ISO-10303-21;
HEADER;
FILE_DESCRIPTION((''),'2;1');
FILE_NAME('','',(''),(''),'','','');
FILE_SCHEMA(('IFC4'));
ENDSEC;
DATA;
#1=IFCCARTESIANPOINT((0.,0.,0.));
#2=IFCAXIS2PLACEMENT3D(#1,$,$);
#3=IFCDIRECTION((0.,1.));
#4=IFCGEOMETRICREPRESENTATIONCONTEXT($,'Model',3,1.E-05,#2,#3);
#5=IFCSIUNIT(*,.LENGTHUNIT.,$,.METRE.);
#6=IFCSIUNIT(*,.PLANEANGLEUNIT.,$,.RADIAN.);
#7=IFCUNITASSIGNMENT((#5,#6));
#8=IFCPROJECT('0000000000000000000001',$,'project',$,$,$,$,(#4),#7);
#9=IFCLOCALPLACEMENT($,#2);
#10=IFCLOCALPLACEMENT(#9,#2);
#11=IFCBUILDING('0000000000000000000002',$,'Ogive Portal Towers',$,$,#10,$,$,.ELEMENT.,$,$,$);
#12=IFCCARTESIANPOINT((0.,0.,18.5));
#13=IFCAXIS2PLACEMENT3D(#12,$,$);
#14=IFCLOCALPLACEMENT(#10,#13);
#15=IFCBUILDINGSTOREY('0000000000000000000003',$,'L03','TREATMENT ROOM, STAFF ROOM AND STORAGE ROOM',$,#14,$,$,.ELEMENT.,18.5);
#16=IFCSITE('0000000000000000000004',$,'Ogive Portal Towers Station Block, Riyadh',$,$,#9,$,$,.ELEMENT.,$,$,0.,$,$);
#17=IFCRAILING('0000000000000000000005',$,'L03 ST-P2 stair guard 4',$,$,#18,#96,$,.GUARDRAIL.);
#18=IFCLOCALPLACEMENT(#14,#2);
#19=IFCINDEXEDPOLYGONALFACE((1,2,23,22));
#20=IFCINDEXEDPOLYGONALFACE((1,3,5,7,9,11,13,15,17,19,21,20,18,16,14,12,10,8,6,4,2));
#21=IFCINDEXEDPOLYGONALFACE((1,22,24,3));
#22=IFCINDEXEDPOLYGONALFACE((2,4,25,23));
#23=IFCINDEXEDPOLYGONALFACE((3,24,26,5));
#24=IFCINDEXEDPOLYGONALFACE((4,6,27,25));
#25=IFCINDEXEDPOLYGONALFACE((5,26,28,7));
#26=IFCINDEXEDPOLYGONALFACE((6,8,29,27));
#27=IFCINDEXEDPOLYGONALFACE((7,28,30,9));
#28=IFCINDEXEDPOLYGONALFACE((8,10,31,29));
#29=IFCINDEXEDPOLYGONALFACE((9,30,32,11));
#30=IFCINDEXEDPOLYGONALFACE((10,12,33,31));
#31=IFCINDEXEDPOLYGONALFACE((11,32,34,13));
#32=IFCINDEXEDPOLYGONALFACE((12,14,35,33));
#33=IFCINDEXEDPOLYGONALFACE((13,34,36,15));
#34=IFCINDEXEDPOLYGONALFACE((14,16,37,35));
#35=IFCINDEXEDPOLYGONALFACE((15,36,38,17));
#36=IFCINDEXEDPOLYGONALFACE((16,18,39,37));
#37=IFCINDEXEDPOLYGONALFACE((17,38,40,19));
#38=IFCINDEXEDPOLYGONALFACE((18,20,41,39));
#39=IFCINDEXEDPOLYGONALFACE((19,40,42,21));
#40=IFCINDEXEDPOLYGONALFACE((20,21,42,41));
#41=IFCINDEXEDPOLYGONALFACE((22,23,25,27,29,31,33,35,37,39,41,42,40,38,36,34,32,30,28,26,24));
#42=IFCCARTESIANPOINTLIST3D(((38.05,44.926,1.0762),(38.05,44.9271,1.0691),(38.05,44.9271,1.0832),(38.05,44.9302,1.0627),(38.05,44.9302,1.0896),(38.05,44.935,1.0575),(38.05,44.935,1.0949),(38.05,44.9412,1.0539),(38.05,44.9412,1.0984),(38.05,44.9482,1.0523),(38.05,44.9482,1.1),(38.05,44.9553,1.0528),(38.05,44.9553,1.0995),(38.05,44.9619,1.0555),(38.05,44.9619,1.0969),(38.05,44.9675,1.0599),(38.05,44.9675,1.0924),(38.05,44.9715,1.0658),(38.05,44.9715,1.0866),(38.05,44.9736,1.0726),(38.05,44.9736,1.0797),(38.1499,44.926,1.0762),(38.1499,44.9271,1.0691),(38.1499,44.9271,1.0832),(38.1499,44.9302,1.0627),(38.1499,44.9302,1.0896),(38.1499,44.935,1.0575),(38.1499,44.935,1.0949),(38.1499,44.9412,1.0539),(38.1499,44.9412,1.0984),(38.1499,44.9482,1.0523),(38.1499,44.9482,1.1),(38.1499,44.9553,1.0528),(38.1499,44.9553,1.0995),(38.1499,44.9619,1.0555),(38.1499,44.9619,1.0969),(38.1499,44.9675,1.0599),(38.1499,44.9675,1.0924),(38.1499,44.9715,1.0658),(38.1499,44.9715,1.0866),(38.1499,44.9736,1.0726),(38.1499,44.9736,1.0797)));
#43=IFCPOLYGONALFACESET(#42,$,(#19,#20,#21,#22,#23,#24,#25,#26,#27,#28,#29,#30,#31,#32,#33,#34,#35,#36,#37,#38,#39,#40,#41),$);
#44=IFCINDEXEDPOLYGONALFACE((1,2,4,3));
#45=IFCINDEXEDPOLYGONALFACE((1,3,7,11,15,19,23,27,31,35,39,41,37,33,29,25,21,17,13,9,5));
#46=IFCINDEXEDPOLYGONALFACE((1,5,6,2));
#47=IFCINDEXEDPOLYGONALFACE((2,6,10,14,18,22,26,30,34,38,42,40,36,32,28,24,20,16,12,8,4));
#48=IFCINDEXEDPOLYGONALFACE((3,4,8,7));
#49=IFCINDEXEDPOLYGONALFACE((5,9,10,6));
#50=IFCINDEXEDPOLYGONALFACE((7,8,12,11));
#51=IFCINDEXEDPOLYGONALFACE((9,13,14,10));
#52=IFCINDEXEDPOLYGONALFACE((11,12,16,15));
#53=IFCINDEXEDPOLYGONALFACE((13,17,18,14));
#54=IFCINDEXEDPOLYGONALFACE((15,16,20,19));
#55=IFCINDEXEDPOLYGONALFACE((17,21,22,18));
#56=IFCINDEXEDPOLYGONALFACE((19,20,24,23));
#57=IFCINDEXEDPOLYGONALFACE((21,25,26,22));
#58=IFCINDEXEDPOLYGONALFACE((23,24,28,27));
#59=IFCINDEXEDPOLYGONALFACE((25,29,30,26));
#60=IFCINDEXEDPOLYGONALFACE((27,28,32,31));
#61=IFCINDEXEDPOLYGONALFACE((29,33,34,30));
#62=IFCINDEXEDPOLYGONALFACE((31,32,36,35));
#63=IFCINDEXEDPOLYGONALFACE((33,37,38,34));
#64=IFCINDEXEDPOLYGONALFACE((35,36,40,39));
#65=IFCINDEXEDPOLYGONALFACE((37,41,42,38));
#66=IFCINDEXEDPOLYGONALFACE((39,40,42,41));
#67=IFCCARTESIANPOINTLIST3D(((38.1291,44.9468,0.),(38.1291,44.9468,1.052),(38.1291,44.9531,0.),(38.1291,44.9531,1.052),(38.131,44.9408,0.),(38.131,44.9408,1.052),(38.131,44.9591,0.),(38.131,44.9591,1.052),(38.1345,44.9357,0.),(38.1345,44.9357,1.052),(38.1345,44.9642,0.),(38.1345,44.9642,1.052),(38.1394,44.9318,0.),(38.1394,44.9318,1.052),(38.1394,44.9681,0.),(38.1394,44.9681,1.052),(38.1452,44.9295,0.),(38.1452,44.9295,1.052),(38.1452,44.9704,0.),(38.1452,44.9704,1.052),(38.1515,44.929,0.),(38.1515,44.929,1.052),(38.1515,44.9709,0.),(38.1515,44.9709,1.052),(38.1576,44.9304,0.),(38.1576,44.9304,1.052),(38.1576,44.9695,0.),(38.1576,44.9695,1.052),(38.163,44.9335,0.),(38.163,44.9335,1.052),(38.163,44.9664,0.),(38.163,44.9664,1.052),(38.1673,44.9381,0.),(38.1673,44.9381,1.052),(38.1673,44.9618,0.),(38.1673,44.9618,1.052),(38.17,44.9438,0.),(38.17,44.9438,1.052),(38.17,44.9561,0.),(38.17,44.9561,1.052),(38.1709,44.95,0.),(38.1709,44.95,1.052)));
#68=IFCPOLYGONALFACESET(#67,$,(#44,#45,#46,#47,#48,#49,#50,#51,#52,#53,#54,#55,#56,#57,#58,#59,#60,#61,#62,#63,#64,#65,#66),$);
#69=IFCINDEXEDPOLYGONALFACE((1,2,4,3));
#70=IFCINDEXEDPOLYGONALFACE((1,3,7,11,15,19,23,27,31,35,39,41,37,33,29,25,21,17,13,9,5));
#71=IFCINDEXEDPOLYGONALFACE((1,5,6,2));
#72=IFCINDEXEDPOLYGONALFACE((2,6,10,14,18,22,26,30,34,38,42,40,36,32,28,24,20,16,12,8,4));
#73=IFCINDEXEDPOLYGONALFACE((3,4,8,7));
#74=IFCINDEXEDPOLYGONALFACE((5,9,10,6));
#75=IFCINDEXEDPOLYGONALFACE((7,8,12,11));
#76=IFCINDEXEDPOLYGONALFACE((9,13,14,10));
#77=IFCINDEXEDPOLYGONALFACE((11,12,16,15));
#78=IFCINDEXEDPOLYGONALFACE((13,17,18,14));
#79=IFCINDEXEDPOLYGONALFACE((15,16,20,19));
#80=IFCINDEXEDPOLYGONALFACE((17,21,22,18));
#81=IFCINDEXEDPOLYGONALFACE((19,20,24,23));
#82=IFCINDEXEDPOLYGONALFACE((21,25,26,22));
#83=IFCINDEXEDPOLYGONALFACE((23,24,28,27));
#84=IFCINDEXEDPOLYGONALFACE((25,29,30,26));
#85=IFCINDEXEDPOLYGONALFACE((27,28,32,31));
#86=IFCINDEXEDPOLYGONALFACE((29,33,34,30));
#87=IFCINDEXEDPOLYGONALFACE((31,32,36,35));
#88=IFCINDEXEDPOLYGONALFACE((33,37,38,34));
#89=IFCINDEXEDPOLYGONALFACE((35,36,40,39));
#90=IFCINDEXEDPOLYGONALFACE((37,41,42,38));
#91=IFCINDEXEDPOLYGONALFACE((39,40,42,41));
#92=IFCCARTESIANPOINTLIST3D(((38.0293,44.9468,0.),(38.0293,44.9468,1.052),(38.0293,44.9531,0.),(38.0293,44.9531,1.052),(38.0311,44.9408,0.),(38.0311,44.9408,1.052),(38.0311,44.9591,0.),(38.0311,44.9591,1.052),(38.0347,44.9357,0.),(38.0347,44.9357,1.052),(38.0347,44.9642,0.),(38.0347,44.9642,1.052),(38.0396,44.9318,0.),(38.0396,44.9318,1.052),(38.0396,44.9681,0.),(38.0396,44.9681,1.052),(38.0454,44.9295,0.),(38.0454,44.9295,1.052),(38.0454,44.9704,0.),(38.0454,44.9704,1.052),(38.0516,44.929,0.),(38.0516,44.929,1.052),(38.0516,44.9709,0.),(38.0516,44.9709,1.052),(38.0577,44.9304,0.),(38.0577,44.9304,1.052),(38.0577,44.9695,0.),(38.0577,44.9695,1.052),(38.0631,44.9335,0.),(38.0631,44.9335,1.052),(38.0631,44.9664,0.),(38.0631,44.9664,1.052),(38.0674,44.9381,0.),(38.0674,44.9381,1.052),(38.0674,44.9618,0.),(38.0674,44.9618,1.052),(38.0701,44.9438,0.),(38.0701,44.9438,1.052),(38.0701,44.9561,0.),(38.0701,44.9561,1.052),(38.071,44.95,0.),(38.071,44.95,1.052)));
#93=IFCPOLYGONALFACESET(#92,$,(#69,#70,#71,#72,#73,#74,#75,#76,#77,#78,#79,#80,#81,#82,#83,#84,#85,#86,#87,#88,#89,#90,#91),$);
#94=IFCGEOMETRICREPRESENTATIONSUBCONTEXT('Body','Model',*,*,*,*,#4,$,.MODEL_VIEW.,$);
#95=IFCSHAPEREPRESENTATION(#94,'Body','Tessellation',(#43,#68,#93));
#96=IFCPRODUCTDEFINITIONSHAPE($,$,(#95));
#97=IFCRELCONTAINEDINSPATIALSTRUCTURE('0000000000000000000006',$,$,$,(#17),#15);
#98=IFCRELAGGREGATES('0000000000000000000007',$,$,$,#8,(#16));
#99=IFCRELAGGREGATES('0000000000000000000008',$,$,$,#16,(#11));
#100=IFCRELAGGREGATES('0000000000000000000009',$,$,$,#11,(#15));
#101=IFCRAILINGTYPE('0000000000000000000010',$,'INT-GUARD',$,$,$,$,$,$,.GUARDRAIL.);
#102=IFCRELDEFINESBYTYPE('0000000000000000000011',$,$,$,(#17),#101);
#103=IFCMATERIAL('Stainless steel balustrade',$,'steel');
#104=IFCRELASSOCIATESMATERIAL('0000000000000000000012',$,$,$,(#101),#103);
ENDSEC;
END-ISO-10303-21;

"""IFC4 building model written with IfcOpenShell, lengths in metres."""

from ifc_helpers import new_model, si_unit, direction, frame, origin, origin_2d, place, context, subcontext, project, spatial, circle, extrude, material, type_object, element, save


model = new_model("IFC4")

# Units and contexts
model_context = context("Model", 3, precision=1e-05, world=origin(), true_north=direction((0.0, 1.0)))
body_context = subcontext(model_context, "Body", "Model", "MODEL_VIEW")
ifc_project = project(units=[si_unit("LENGTHUNIT", "METRE"), si_unit("PLANEANGLEUNIT", "RADIAN")], contexts=[model_context])

# Site, building, storey
site_placement = place(None, origin())
site = spatial("IfcSite", under=ifc_project, at=site_placement, Name="Ogive Portal Towers Station Block, Riyadh", CompositionType="ELEMENT", RefElevation=0.0)
building_placement = place(site_placement, origin())
building = spatial("IfcBuilding", under=site, at=building_placement, Name="Ogive Portal Towers", CompositionType="ELEMENT")
storey_placement = place(building_placement, frame((0.0, 0.0, 18.5)))
storey = spatial("IfcBuildingStorey", under=building, at=storey_placement, Name="L03", Description="TREATMENT ROOM, STAFF ROOM AND STORAGE ROOM", CompositionType="ELEMENT", Elevation=18.5)

# Railing
ifc_material_1 = material(Name="Stainless steel balustrade", Category="steel")
railing_type_1 = type_object("IfcRailingType", Name="INT-GUARD", PredefinedType="GUARDRAIL", material=ifc_material_1)
railing_1_placement = place(storey_placement, frame((38.1499, 44.95, 0.0)))
element("IfcRailing", 1, at=railing_1_placement, inside=storey, type_object=railing_type_1, Name="L03 ST-P2 stair guard 4", PredefinedType="GUARDRAIL", context=body_context, shape_type="SweptSolid", body=[
    extrude(circle(Radius=0.0239, at=origin_2d()), frame((0.0, 0.0, 1.0762), z_axis=(-1.0, 0.0, 0.0), x_axis=(0.0, -1.0, 0.0)), (0.0, 0.0, 1.0), 0.0999),
    extrude(circle(Radius=0.021, at=origin_2d()), origin(), (0.0, 0.0, 1.0), 1.052),
    extrude(circle(Radius=0.021, at=origin_2d()), frame((-0.0999, 0.0, 0.0)), (0.0, 0.0, 1.0), 1.052),
])

save(model, "model.ifc")
